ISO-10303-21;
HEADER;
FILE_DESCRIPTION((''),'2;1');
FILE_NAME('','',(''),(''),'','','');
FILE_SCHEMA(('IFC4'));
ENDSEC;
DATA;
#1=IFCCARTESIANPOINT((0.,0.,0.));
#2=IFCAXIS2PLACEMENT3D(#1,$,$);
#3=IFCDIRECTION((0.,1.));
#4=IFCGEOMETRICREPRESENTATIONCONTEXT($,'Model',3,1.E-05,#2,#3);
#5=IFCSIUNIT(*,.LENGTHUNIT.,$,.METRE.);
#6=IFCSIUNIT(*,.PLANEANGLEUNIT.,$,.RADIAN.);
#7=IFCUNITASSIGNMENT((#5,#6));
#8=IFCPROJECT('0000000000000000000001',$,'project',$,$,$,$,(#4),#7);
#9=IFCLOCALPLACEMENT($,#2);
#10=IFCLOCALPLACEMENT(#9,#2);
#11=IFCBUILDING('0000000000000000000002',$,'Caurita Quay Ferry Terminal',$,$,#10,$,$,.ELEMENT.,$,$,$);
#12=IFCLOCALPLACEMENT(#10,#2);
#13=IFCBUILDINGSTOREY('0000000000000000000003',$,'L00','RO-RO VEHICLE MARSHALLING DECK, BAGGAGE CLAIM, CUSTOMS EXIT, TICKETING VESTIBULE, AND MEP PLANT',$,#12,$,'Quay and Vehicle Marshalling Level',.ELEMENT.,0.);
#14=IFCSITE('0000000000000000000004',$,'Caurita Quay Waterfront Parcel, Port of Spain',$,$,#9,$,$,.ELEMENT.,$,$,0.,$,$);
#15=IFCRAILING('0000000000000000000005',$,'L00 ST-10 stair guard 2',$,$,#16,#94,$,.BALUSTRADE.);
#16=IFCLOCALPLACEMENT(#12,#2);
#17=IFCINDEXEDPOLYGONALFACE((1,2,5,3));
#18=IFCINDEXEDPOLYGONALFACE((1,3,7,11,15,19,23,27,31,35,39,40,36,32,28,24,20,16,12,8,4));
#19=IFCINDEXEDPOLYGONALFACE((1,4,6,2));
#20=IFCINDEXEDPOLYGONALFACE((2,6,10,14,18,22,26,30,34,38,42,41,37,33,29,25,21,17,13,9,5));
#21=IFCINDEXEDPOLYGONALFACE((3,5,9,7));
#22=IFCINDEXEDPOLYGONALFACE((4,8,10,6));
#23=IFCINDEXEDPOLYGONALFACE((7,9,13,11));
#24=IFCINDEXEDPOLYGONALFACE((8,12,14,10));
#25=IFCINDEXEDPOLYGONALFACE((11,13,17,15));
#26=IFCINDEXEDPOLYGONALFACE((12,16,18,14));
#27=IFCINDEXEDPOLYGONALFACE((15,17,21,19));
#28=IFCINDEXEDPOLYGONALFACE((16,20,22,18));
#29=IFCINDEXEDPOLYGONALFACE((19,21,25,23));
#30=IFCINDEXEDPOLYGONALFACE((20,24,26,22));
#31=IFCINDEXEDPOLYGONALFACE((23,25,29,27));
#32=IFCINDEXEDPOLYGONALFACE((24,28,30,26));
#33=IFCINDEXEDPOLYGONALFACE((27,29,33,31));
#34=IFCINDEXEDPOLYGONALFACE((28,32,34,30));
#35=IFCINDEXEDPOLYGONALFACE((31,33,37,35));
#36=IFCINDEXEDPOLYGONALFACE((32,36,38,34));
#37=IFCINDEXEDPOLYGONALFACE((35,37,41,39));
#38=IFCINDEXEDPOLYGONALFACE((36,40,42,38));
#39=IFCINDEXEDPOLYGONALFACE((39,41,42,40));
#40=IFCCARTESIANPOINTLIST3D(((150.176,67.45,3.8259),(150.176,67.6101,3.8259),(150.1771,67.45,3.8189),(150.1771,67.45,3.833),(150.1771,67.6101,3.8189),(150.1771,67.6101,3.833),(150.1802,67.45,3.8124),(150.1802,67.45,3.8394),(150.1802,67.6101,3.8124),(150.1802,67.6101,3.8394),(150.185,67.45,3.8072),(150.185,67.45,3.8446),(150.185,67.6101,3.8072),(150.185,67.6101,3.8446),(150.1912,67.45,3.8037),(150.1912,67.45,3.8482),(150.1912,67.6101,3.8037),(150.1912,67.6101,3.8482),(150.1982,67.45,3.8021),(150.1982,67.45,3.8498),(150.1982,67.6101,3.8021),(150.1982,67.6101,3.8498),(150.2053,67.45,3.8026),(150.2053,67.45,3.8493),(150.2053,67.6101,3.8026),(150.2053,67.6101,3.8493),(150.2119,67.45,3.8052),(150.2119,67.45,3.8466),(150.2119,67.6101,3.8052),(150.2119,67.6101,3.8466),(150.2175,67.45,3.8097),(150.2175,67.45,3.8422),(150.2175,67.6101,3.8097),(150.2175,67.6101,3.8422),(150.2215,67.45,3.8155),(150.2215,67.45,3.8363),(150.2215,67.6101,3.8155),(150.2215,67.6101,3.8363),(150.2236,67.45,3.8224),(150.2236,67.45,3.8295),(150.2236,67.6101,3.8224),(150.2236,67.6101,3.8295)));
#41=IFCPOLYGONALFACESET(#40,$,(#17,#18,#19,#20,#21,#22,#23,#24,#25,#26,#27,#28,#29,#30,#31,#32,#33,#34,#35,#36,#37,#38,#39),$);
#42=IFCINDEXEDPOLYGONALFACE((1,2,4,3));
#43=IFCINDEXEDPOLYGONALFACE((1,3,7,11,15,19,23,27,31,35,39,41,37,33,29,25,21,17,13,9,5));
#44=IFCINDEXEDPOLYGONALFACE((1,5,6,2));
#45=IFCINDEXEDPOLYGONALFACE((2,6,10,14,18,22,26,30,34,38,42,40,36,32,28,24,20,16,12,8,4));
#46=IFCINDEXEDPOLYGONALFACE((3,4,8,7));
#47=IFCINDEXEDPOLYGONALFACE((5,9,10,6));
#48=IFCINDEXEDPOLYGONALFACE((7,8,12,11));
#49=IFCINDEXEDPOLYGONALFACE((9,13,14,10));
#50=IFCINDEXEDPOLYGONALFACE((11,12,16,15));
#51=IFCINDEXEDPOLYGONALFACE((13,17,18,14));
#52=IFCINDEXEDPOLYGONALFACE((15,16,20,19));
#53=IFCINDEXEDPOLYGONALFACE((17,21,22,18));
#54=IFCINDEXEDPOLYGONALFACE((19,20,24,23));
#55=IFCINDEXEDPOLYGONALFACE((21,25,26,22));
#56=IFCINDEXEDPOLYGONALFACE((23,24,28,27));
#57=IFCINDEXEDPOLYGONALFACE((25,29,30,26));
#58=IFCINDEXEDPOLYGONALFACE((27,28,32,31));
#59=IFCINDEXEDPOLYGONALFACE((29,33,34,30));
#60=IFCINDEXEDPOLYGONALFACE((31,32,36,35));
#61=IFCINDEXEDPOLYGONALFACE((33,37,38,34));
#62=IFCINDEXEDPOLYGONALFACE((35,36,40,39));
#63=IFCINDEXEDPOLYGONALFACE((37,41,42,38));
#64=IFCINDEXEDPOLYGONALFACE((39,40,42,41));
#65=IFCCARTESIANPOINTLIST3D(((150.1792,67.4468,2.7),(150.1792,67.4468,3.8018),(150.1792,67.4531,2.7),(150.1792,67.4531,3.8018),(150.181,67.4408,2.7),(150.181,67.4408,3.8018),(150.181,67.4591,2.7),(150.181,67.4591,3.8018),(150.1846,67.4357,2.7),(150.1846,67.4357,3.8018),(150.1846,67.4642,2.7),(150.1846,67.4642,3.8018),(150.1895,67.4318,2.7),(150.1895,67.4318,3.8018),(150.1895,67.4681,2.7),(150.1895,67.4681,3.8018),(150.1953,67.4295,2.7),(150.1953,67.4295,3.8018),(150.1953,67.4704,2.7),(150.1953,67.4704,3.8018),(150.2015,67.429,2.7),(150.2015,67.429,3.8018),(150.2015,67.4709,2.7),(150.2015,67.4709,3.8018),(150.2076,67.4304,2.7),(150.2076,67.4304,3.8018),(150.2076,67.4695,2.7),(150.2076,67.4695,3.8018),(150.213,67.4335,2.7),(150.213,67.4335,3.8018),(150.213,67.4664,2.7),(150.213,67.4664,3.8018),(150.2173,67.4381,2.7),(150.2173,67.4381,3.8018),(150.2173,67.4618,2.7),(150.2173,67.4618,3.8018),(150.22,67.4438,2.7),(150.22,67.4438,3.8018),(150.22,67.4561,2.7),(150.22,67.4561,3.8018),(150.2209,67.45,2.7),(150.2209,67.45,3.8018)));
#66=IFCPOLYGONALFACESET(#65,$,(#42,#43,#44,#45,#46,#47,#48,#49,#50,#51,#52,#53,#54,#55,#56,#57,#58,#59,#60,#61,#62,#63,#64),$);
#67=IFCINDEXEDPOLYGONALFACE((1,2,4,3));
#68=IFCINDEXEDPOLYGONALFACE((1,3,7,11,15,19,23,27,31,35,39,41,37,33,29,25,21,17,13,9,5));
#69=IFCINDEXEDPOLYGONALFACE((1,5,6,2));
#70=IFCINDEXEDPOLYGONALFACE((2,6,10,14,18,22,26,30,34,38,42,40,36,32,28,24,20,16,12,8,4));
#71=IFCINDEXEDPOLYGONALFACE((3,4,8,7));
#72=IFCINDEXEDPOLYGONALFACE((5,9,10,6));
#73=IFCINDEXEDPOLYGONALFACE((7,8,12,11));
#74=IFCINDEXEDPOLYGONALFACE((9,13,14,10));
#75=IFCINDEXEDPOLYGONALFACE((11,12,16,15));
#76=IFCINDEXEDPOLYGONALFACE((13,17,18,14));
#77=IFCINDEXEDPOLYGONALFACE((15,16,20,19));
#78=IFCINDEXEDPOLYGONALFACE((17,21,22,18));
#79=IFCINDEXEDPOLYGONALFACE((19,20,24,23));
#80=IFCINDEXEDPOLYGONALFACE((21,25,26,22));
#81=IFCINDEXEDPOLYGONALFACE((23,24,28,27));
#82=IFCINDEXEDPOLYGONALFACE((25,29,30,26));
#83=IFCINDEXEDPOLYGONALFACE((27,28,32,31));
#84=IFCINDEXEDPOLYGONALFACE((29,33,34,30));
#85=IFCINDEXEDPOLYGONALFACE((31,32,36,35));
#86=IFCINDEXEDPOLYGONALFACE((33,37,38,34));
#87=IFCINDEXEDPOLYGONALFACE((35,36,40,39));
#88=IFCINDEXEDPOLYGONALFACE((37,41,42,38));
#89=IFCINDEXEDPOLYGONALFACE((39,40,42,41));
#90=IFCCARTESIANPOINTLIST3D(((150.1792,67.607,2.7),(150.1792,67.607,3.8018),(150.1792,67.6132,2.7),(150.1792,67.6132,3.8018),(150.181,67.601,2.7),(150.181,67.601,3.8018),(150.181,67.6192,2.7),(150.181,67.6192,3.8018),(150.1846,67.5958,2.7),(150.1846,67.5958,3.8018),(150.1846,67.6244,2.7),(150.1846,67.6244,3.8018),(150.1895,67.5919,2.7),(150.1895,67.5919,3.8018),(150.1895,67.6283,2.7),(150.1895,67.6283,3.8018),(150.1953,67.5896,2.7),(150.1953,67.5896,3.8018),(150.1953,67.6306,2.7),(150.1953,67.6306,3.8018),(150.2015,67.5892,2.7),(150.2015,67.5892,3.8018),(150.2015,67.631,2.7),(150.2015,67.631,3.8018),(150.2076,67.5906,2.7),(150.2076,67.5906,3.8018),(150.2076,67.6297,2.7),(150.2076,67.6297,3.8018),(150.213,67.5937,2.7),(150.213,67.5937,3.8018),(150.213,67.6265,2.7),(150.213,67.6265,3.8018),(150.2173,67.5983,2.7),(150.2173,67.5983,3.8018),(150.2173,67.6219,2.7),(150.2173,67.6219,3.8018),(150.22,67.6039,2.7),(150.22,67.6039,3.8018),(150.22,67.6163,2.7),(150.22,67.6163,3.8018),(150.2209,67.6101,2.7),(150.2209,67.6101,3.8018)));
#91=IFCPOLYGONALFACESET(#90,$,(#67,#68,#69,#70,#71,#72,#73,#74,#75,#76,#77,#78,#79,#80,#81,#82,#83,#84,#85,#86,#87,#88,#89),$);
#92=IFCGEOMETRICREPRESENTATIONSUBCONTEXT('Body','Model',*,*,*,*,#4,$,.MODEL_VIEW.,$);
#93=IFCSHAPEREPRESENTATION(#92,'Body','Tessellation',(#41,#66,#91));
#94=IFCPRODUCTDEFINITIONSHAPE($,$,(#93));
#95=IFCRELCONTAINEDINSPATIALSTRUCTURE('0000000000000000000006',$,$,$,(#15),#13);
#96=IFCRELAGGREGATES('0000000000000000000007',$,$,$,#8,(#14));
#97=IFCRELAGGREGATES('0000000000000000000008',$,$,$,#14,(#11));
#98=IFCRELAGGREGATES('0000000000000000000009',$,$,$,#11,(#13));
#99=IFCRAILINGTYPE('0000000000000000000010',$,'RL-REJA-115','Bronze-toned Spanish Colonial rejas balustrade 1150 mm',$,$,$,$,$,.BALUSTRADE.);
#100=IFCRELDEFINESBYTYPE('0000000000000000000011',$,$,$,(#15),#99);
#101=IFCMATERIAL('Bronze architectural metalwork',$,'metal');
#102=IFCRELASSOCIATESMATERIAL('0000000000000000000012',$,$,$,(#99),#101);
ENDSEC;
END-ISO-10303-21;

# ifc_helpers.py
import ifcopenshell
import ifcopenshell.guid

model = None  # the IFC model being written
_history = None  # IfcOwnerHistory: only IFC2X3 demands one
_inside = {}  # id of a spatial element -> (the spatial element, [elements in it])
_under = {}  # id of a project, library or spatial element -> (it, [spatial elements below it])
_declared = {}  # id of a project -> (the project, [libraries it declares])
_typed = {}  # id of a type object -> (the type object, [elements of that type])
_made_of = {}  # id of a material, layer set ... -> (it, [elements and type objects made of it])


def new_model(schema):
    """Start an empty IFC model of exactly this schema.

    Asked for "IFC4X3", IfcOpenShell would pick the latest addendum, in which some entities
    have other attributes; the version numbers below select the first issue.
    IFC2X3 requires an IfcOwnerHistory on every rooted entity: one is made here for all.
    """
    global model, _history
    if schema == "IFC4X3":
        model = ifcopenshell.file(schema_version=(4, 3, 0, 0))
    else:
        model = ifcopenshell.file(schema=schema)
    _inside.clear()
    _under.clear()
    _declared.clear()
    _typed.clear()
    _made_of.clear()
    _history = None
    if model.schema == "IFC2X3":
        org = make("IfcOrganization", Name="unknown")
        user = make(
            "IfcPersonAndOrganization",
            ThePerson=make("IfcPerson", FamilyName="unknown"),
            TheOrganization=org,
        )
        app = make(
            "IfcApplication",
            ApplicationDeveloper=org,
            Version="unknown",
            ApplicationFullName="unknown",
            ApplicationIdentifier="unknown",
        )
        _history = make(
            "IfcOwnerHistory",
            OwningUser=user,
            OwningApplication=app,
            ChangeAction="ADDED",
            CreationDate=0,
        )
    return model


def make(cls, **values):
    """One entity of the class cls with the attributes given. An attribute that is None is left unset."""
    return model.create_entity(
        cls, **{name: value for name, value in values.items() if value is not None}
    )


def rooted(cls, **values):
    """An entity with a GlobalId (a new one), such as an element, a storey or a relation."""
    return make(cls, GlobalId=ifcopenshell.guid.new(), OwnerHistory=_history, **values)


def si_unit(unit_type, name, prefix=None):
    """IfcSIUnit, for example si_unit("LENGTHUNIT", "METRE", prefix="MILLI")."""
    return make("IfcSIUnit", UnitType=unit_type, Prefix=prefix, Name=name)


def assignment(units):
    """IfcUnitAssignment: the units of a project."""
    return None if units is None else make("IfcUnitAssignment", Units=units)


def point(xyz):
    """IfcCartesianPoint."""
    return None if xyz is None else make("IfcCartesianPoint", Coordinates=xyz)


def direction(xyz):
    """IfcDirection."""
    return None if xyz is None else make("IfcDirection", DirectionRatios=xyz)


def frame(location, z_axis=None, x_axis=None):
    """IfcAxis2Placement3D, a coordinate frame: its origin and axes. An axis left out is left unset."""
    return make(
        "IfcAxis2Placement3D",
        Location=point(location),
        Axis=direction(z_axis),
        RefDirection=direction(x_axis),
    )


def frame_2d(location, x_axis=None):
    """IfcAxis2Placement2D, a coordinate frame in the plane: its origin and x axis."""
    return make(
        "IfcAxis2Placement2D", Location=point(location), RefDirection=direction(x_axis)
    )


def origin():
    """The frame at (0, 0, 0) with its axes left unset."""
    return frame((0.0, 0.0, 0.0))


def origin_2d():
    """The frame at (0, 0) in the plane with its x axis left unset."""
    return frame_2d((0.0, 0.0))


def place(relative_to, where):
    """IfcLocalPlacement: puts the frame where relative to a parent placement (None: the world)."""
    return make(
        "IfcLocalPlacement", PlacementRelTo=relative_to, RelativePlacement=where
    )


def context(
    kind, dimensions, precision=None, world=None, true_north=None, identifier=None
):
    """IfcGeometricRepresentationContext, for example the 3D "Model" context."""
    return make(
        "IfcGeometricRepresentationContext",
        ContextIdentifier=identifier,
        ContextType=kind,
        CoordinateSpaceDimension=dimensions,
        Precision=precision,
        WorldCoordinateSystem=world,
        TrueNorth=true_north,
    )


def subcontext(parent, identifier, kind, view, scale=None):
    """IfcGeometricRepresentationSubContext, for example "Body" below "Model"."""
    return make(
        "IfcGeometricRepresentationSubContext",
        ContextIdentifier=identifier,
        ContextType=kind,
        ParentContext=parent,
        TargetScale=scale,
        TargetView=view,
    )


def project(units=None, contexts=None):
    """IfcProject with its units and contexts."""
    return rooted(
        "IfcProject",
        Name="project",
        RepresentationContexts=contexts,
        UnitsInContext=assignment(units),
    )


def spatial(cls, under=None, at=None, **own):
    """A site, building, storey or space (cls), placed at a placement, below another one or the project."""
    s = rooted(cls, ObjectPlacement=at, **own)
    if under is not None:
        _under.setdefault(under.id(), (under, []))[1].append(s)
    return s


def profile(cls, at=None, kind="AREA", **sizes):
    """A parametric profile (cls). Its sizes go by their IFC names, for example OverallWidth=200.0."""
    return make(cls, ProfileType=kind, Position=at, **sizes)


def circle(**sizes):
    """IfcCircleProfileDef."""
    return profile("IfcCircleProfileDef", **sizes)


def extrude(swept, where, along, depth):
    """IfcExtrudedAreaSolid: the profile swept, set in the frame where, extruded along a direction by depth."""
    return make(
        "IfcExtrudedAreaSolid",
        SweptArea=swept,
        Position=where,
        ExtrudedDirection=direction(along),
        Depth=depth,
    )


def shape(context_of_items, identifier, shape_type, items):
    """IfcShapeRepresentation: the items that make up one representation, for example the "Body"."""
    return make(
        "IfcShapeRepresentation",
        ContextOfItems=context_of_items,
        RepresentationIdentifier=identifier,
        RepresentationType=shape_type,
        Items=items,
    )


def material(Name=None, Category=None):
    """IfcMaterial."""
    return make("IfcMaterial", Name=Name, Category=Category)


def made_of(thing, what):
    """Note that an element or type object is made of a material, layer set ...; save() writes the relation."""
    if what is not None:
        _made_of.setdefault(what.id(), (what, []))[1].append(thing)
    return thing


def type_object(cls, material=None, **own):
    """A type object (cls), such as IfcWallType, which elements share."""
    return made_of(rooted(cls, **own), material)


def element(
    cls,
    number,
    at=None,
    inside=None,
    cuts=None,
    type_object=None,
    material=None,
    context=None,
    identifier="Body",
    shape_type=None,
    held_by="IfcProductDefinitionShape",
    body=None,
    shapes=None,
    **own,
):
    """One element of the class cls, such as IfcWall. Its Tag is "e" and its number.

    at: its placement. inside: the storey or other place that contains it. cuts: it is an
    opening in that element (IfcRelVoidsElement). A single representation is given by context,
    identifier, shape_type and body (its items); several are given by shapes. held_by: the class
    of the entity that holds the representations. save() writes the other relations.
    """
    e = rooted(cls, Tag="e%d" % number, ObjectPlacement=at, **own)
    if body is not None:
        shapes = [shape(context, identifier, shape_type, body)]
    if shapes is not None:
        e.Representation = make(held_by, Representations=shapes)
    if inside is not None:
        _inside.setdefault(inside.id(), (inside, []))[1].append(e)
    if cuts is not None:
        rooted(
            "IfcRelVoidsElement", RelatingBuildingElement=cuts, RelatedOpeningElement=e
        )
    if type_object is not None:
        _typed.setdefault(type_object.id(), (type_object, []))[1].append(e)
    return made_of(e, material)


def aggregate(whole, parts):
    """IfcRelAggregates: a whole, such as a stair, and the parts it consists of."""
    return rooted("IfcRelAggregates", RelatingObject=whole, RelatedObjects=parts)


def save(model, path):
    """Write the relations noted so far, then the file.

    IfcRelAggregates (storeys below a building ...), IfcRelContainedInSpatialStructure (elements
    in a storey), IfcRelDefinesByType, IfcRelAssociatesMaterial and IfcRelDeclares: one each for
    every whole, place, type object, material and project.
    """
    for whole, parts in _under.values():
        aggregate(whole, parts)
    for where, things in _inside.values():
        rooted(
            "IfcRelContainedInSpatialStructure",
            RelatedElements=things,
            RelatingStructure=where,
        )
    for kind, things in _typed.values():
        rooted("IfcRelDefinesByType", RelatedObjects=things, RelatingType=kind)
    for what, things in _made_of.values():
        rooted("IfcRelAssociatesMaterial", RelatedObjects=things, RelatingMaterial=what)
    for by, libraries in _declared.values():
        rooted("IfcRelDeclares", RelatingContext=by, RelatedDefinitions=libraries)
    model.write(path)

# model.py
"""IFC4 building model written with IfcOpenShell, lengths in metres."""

from ifc_helpers import new_model, si_unit, direction, frame, origin, origin_2d, place, context, subcontext, project, spatial, circle, extrude, material, type_object, element, save


model = new_model("IFC4")

# Units and contexts
model_context = context("Model", 3, precision=1e-05, world=origin(), true_north=direction((0.0, 1.0)))
body_context = subcontext(model_context, "Body", "Model", "MODEL_VIEW")
ifc_project = project(units=[si_unit("LENGTHUNIT", "METRE"), si_unit("PLANEANGLEUNIT", "RADIAN")], contexts=[model_context])

# Site, building, storey
site_placement = place(None, origin())
site = spatial("IfcSite", under=ifc_project, at=site_placement, Name="Caurita Quay Waterfront Parcel, Port of Spain", CompositionType="ELEMENT", RefElevation=0.0)
building_placement = place(site_placement, origin())
building = spatial("IfcBuilding", under=site, at=building_placement, Name="Caurita Quay Ferry Terminal", CompositionType="ELEMENT")
storey_placement = place(building_placement, origin())
storey = spatial("IfcBuildingStorey", under=building, at=storey_placement, Name="L00", Description="RO-RO VEHICLE MARSHALLING DECK, BAGGAGE CLAIM, CUSTOMS EXIT, TICKETING VESTIBULE, AND MEP PLANT", LongName="Quay and Vehicle Marshalling Level", CompositionType="ELEMENT", Elevation=0.0)

# Railing
ifc_material_1 = material(Name="Bronze architectural metalwork", Category="metal")
railing_type_1 = type_object("IfcRailingType", Name="RL-REJA-115", Description="Bronze-toned Spanish Colonial rejas balustrade 1150 mm", PredefinedType="BALUSTRADE", material=ifc_material_1)
railing_1_placement = place(storey_placement, frame((150.2, 67.45, 2.7)))
element("IfcRailing", 1, at=railing_1_placement, inside=storey, type_object=railing_type_1, Name="L00 ST-10 stair guard 2", PredefinedType="BALUSTRADE", context=body_context, shape_type="SweptSolid", body=[
    extrude(circle(Radius=0.0239, at=origin_2d()), frame((0.0, 0.0, 1.126), z_axis=(0.0, 1.0, 0.0), x_axis=(-1.0, 0.0, 0.0)), (0.0, 0.0, 1.0), 0.1602),
    extrude(circle(Radius=0.021, at=origin_2d()), origin(), (0.0, 0.0, 1.0), 1.1018),
    extrude(circle(Radius=0.021, at=origin_2d()), frame((0.0, 0.1602, 0.0)), (0.0, 0.0, 1.0), 1.1018),
])

save(model, "model.ifc")
